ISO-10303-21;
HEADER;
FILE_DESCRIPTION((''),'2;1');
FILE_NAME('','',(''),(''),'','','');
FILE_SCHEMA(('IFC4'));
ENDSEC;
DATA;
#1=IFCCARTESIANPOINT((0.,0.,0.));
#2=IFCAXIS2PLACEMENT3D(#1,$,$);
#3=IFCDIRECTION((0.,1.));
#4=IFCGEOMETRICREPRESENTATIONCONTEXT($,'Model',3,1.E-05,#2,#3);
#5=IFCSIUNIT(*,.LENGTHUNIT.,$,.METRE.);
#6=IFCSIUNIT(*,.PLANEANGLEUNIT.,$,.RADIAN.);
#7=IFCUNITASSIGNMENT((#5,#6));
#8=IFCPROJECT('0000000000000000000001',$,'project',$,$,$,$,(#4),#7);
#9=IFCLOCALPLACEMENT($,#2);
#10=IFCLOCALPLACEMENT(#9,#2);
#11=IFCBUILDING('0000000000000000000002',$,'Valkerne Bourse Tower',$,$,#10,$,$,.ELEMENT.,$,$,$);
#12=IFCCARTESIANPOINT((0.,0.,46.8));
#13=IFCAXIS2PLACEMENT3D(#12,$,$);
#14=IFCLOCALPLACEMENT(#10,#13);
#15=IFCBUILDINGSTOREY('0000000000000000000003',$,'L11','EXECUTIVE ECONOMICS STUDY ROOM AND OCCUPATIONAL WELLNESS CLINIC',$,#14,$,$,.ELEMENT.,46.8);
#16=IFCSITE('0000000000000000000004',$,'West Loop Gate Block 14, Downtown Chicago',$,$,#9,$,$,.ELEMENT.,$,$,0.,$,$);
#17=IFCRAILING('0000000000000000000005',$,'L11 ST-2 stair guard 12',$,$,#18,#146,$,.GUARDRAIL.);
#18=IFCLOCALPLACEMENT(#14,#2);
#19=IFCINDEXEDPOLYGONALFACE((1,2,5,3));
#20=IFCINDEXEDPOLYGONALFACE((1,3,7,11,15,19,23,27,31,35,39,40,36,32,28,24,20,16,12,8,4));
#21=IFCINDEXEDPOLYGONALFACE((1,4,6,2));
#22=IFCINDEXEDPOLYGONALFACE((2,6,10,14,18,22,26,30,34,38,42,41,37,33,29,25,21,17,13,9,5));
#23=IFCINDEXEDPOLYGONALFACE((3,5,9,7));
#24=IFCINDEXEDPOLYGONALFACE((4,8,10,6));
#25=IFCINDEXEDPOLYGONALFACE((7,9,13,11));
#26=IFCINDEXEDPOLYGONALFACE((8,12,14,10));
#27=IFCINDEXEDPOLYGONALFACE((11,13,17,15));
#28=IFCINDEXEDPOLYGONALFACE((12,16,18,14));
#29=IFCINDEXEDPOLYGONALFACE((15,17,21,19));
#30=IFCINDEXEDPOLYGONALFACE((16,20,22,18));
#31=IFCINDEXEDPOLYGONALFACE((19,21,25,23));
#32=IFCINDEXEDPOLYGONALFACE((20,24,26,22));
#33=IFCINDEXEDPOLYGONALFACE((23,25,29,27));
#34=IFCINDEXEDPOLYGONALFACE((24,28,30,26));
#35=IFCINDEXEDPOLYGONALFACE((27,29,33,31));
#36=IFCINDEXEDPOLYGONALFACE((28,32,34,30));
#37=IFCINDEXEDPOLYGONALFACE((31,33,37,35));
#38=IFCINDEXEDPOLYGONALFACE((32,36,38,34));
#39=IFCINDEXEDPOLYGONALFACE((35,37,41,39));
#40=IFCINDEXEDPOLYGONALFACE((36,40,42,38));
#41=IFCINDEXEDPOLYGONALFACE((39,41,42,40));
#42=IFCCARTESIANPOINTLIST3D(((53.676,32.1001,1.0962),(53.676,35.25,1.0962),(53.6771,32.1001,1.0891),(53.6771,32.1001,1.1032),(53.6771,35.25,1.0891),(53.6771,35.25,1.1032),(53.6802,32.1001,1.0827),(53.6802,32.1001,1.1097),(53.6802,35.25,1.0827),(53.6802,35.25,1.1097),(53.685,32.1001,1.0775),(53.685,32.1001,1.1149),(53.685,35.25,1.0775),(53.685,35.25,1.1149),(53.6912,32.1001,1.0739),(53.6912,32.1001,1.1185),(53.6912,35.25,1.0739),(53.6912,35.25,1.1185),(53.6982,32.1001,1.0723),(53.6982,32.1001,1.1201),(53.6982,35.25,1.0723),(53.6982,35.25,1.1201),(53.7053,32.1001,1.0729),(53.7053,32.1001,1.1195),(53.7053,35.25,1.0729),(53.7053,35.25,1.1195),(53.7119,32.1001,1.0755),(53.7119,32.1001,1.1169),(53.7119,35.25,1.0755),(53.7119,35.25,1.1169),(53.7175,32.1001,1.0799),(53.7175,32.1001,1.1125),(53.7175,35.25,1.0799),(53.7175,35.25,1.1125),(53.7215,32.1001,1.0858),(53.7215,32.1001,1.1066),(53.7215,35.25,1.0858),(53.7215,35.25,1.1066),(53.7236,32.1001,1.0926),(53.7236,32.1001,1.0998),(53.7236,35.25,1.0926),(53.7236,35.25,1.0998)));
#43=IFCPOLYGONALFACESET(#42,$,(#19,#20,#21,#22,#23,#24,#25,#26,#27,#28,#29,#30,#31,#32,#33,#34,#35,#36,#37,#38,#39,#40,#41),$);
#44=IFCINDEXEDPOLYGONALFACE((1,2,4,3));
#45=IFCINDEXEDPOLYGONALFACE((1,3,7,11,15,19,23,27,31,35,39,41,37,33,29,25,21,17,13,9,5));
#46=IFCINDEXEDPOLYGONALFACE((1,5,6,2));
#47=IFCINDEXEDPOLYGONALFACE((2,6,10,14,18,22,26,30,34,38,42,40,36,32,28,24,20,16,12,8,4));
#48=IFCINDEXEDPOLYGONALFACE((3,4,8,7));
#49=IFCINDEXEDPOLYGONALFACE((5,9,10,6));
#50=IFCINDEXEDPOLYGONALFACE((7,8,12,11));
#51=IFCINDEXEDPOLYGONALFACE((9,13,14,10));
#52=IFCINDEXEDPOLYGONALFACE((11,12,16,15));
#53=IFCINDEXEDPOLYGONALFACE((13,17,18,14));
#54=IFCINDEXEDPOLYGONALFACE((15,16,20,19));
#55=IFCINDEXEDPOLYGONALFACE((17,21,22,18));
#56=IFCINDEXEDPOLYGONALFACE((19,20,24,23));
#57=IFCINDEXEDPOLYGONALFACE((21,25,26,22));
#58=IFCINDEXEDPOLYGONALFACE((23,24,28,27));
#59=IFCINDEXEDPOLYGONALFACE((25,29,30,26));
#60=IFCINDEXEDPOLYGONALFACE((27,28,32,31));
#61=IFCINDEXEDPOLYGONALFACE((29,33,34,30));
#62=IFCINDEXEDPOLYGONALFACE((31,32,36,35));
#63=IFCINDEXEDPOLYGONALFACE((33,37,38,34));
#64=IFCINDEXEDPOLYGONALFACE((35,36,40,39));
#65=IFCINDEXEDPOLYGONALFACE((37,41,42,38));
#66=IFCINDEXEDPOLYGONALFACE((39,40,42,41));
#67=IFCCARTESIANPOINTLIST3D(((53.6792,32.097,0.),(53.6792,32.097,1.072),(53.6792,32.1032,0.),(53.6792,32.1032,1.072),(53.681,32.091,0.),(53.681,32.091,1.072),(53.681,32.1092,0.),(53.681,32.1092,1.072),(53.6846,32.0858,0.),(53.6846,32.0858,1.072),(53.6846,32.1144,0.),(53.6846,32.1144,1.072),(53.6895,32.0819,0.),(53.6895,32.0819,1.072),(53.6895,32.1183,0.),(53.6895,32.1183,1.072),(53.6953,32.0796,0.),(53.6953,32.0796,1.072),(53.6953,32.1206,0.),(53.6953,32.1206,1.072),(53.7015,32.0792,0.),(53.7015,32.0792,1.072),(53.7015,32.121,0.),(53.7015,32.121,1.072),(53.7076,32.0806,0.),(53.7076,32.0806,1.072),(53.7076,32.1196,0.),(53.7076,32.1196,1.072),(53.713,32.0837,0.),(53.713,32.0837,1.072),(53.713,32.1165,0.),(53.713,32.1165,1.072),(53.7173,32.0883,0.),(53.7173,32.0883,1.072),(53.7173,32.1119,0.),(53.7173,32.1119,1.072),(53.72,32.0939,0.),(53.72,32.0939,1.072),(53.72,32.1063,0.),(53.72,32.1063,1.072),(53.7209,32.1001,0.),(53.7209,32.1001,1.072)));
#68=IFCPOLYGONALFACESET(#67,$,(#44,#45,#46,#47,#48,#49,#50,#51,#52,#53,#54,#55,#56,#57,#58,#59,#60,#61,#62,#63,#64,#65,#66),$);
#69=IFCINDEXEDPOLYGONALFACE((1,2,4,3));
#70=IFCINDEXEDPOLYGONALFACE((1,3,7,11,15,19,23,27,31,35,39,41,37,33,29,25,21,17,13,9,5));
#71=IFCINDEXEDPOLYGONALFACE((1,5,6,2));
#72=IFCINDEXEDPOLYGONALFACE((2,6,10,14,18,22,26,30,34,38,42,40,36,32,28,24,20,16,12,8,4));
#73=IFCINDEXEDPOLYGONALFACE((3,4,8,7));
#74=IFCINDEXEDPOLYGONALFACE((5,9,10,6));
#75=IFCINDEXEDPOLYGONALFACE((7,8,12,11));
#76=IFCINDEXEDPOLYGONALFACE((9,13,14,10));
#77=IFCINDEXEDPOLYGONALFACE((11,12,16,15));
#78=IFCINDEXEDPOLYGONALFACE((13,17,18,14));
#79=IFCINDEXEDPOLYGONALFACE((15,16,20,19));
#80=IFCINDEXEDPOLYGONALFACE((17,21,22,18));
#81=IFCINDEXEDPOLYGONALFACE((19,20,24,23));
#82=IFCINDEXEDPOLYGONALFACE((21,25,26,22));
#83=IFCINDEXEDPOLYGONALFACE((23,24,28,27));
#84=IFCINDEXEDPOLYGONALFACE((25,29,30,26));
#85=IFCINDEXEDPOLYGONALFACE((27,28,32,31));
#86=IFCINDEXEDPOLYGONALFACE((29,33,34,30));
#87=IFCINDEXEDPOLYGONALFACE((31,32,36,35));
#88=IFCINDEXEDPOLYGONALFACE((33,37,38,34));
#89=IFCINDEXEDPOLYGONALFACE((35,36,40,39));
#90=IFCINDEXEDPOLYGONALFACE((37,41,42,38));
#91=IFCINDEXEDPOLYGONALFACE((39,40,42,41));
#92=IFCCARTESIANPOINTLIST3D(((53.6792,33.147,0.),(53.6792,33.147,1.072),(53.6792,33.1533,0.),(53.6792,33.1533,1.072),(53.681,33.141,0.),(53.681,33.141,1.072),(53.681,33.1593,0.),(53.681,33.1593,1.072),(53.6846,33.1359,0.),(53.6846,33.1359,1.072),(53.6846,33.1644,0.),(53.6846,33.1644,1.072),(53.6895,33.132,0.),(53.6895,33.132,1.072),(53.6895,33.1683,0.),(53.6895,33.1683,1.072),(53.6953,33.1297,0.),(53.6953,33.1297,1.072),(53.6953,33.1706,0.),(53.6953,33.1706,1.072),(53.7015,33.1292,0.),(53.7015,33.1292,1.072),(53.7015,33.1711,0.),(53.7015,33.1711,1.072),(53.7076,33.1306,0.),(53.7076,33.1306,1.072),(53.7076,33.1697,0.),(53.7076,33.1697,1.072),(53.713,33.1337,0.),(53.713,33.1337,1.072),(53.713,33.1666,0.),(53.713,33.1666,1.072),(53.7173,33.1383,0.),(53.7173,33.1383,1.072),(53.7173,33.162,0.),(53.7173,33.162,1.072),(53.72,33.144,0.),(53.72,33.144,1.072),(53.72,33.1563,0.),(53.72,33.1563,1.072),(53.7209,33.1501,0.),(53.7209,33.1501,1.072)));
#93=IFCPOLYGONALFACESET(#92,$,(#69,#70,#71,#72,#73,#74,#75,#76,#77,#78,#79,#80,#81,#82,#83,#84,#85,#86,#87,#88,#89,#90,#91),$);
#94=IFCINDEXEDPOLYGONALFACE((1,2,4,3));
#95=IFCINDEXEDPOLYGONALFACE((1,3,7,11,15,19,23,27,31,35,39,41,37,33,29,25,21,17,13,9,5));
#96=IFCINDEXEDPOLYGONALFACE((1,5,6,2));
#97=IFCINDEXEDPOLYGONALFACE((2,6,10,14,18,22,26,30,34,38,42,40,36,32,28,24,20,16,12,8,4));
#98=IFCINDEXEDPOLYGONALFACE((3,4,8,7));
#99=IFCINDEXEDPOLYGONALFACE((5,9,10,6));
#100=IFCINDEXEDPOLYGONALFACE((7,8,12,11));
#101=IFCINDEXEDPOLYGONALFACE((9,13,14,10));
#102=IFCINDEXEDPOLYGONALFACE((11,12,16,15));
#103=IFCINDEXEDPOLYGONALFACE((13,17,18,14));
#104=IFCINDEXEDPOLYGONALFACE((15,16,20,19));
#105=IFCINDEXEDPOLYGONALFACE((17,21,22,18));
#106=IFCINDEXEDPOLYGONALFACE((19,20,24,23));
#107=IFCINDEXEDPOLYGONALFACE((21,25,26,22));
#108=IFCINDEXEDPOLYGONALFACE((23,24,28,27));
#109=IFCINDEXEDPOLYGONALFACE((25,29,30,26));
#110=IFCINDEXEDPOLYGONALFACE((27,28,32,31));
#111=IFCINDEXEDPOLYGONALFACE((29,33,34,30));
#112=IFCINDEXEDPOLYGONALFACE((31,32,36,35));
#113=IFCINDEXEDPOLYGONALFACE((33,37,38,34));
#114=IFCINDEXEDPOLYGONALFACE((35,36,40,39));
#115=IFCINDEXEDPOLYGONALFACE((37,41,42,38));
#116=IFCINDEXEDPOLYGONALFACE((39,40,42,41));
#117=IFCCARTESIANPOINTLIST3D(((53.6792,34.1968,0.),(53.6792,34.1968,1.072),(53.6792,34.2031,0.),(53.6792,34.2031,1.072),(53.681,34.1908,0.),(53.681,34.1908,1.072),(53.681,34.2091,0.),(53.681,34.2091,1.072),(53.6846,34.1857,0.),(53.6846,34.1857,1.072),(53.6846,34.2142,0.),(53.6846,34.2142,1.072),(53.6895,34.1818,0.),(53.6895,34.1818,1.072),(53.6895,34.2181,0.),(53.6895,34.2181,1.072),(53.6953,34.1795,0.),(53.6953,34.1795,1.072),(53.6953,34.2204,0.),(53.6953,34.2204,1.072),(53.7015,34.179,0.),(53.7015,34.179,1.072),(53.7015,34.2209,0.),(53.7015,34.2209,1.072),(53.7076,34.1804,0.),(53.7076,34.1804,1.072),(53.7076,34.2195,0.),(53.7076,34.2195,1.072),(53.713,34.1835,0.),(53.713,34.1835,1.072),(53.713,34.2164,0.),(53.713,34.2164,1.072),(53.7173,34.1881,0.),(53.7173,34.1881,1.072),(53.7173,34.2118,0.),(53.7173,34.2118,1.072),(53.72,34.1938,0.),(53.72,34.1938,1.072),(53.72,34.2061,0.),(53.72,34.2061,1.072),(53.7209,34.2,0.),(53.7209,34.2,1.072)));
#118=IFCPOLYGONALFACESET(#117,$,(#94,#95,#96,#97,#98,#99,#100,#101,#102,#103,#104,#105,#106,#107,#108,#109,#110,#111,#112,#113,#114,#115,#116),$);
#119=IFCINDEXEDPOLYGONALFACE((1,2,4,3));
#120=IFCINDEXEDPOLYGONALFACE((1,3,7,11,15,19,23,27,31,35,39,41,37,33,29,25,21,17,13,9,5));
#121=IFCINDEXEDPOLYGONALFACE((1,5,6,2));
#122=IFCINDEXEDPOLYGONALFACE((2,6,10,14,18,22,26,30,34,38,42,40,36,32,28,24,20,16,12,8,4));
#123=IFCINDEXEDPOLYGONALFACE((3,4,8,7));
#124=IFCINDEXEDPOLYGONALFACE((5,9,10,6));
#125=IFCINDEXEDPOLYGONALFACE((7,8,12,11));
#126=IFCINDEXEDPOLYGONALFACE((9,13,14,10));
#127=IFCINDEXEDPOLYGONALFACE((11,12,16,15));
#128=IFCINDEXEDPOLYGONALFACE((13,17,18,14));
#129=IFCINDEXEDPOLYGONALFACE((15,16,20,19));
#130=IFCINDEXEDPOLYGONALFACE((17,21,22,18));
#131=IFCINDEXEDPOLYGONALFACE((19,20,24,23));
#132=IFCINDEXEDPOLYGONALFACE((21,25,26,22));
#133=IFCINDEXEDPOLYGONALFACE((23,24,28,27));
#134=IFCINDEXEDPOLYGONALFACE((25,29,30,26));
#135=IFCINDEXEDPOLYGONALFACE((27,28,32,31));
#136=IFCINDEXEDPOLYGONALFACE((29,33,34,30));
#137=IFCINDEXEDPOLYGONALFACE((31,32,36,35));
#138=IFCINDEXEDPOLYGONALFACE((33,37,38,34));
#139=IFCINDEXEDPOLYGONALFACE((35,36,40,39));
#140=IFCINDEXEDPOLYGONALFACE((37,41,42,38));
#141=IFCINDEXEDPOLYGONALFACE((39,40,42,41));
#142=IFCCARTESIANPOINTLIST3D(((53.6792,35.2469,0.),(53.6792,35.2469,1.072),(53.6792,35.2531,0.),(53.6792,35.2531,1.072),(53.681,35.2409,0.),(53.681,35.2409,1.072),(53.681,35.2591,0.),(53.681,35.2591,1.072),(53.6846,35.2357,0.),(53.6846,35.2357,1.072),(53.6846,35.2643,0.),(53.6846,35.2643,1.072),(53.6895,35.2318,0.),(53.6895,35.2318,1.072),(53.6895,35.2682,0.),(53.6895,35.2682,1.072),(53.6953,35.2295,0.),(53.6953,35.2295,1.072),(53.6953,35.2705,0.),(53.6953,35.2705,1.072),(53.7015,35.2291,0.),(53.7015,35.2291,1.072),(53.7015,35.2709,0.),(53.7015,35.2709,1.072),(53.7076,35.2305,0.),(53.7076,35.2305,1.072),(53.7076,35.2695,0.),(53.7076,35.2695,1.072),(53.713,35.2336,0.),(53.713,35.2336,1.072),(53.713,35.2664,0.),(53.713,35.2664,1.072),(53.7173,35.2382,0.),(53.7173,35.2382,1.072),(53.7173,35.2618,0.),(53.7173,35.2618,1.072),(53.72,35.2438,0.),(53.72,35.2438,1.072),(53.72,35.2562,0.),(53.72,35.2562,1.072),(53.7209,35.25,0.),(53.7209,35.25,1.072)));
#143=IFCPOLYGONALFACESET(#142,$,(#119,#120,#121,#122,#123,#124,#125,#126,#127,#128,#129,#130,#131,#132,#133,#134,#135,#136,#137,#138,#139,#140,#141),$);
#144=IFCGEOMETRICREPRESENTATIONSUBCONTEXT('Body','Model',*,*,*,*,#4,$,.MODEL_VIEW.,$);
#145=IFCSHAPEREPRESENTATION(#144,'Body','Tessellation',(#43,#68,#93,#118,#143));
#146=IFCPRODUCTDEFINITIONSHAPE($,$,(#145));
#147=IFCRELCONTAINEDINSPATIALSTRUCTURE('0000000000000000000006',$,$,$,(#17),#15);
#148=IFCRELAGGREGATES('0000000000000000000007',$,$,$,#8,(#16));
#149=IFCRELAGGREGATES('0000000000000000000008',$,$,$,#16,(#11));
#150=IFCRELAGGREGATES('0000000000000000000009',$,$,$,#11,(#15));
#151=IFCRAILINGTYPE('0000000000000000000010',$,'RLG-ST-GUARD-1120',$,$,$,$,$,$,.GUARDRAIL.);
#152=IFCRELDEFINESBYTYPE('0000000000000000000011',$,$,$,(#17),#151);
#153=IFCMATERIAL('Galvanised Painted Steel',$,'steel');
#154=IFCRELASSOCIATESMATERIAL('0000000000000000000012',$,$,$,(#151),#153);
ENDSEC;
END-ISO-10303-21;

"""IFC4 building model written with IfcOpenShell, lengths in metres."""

from ifc_helpers import new_model, si_unit, direction, frame, origin, origin_2d, place, context, subcontext, project, spatial, circle, extrude, material, type_object, element, save


model = new_model("IFC4")

# Units and contexts
model_context = context("Model", 3, precision=1e-05, world=origin(), true_north=direction((0.0, 1.0)))
body_context = subcontext(model_context, "Body", "Model", "MODEL_VIEW")
ifc_project = project(units=[si_unit("LENGTHUNIT", "METRE"), si_unit("PLANEANGLEUNIT", "RADIAN")], contexts=[model_context])

# Site, building, storey
site_placement = place(None, origin())
site = spatial("IfcSite", under=ifc_project, at=site_placement, Name="West Loop Gate Block 14, Downtown Chicago", CompositionType="ELEMENT", RefElevation=0.0)
building_placement = place(site_placement, origin())
building = spatial("IfcBuilding", under=site, at=building_placement, Name="Valkerne Bourse Tower", CompositionType="ELEMENT")
storey_placement = place(building_placement, frame((0.0, 0.0, 46.8)))
storey = spatial("IfcBuildingStorey", under=building, at=storey_placement, Name="L11", Description="EXECUTIVE ECONOMICS STUDY ROOM AND OCCUPATIONAL WELLNESS CLINIC", CompositionType="ELEMENT", Elevation=46.8)

# Railing
ifc_material_1 = material(Name="Galvanised Painted Steel", Category="steel")
railing_type_1 = type_object("IfcRailingType", Name="RLG-ST-GUARD-1120", PredefinedType="GUARDRAIL", material=ifc_material_1)
railing_1_placement = place(storey_placement, frame((53.7, 32.1001, 0.0)))
element("IfcRailing", 1, at=railing_1_placement, inside=storey, type_object=railing_type_1, Name="L11 ST-2 stair guard 12", PredefinedType="GUARDRAIL", context=body_context, shape_type="SweptSolid", body=[
    extrude(circle(Radius=0.0239, at=origin_2d()), frame((0.0, 0.0, 1.0962), z_axis=(0.0, 1.0, 0.0), x_axis=(-1.0, 0.0, 0.0)), (0.0, 0.0, 1.0), 3.1499),
    extrude(circle(Radius=0.021, at=origin_2d()), origin(), (0.0, 0.0, 1.0), 1.072),
    extrude(circle(Radius=0.021, at=origin_2d()), frame((0.0, 1.05, 0.0)), (0.0, 0.0, 1.0), 1.072),
    extrude(circle(Radius=0.021, at=origin_2d()), frame((0.0, 2.0999, 0.0)), (0.0, 0.0, 1.0), 1.072),
    extrude(circle(Radius=0.021, at=origin_2d()), frame((0.0, 3.1499, 0.0)), (0.0, 0.0, 1.0), 1.072),
])

save(model, "model.ifc")
